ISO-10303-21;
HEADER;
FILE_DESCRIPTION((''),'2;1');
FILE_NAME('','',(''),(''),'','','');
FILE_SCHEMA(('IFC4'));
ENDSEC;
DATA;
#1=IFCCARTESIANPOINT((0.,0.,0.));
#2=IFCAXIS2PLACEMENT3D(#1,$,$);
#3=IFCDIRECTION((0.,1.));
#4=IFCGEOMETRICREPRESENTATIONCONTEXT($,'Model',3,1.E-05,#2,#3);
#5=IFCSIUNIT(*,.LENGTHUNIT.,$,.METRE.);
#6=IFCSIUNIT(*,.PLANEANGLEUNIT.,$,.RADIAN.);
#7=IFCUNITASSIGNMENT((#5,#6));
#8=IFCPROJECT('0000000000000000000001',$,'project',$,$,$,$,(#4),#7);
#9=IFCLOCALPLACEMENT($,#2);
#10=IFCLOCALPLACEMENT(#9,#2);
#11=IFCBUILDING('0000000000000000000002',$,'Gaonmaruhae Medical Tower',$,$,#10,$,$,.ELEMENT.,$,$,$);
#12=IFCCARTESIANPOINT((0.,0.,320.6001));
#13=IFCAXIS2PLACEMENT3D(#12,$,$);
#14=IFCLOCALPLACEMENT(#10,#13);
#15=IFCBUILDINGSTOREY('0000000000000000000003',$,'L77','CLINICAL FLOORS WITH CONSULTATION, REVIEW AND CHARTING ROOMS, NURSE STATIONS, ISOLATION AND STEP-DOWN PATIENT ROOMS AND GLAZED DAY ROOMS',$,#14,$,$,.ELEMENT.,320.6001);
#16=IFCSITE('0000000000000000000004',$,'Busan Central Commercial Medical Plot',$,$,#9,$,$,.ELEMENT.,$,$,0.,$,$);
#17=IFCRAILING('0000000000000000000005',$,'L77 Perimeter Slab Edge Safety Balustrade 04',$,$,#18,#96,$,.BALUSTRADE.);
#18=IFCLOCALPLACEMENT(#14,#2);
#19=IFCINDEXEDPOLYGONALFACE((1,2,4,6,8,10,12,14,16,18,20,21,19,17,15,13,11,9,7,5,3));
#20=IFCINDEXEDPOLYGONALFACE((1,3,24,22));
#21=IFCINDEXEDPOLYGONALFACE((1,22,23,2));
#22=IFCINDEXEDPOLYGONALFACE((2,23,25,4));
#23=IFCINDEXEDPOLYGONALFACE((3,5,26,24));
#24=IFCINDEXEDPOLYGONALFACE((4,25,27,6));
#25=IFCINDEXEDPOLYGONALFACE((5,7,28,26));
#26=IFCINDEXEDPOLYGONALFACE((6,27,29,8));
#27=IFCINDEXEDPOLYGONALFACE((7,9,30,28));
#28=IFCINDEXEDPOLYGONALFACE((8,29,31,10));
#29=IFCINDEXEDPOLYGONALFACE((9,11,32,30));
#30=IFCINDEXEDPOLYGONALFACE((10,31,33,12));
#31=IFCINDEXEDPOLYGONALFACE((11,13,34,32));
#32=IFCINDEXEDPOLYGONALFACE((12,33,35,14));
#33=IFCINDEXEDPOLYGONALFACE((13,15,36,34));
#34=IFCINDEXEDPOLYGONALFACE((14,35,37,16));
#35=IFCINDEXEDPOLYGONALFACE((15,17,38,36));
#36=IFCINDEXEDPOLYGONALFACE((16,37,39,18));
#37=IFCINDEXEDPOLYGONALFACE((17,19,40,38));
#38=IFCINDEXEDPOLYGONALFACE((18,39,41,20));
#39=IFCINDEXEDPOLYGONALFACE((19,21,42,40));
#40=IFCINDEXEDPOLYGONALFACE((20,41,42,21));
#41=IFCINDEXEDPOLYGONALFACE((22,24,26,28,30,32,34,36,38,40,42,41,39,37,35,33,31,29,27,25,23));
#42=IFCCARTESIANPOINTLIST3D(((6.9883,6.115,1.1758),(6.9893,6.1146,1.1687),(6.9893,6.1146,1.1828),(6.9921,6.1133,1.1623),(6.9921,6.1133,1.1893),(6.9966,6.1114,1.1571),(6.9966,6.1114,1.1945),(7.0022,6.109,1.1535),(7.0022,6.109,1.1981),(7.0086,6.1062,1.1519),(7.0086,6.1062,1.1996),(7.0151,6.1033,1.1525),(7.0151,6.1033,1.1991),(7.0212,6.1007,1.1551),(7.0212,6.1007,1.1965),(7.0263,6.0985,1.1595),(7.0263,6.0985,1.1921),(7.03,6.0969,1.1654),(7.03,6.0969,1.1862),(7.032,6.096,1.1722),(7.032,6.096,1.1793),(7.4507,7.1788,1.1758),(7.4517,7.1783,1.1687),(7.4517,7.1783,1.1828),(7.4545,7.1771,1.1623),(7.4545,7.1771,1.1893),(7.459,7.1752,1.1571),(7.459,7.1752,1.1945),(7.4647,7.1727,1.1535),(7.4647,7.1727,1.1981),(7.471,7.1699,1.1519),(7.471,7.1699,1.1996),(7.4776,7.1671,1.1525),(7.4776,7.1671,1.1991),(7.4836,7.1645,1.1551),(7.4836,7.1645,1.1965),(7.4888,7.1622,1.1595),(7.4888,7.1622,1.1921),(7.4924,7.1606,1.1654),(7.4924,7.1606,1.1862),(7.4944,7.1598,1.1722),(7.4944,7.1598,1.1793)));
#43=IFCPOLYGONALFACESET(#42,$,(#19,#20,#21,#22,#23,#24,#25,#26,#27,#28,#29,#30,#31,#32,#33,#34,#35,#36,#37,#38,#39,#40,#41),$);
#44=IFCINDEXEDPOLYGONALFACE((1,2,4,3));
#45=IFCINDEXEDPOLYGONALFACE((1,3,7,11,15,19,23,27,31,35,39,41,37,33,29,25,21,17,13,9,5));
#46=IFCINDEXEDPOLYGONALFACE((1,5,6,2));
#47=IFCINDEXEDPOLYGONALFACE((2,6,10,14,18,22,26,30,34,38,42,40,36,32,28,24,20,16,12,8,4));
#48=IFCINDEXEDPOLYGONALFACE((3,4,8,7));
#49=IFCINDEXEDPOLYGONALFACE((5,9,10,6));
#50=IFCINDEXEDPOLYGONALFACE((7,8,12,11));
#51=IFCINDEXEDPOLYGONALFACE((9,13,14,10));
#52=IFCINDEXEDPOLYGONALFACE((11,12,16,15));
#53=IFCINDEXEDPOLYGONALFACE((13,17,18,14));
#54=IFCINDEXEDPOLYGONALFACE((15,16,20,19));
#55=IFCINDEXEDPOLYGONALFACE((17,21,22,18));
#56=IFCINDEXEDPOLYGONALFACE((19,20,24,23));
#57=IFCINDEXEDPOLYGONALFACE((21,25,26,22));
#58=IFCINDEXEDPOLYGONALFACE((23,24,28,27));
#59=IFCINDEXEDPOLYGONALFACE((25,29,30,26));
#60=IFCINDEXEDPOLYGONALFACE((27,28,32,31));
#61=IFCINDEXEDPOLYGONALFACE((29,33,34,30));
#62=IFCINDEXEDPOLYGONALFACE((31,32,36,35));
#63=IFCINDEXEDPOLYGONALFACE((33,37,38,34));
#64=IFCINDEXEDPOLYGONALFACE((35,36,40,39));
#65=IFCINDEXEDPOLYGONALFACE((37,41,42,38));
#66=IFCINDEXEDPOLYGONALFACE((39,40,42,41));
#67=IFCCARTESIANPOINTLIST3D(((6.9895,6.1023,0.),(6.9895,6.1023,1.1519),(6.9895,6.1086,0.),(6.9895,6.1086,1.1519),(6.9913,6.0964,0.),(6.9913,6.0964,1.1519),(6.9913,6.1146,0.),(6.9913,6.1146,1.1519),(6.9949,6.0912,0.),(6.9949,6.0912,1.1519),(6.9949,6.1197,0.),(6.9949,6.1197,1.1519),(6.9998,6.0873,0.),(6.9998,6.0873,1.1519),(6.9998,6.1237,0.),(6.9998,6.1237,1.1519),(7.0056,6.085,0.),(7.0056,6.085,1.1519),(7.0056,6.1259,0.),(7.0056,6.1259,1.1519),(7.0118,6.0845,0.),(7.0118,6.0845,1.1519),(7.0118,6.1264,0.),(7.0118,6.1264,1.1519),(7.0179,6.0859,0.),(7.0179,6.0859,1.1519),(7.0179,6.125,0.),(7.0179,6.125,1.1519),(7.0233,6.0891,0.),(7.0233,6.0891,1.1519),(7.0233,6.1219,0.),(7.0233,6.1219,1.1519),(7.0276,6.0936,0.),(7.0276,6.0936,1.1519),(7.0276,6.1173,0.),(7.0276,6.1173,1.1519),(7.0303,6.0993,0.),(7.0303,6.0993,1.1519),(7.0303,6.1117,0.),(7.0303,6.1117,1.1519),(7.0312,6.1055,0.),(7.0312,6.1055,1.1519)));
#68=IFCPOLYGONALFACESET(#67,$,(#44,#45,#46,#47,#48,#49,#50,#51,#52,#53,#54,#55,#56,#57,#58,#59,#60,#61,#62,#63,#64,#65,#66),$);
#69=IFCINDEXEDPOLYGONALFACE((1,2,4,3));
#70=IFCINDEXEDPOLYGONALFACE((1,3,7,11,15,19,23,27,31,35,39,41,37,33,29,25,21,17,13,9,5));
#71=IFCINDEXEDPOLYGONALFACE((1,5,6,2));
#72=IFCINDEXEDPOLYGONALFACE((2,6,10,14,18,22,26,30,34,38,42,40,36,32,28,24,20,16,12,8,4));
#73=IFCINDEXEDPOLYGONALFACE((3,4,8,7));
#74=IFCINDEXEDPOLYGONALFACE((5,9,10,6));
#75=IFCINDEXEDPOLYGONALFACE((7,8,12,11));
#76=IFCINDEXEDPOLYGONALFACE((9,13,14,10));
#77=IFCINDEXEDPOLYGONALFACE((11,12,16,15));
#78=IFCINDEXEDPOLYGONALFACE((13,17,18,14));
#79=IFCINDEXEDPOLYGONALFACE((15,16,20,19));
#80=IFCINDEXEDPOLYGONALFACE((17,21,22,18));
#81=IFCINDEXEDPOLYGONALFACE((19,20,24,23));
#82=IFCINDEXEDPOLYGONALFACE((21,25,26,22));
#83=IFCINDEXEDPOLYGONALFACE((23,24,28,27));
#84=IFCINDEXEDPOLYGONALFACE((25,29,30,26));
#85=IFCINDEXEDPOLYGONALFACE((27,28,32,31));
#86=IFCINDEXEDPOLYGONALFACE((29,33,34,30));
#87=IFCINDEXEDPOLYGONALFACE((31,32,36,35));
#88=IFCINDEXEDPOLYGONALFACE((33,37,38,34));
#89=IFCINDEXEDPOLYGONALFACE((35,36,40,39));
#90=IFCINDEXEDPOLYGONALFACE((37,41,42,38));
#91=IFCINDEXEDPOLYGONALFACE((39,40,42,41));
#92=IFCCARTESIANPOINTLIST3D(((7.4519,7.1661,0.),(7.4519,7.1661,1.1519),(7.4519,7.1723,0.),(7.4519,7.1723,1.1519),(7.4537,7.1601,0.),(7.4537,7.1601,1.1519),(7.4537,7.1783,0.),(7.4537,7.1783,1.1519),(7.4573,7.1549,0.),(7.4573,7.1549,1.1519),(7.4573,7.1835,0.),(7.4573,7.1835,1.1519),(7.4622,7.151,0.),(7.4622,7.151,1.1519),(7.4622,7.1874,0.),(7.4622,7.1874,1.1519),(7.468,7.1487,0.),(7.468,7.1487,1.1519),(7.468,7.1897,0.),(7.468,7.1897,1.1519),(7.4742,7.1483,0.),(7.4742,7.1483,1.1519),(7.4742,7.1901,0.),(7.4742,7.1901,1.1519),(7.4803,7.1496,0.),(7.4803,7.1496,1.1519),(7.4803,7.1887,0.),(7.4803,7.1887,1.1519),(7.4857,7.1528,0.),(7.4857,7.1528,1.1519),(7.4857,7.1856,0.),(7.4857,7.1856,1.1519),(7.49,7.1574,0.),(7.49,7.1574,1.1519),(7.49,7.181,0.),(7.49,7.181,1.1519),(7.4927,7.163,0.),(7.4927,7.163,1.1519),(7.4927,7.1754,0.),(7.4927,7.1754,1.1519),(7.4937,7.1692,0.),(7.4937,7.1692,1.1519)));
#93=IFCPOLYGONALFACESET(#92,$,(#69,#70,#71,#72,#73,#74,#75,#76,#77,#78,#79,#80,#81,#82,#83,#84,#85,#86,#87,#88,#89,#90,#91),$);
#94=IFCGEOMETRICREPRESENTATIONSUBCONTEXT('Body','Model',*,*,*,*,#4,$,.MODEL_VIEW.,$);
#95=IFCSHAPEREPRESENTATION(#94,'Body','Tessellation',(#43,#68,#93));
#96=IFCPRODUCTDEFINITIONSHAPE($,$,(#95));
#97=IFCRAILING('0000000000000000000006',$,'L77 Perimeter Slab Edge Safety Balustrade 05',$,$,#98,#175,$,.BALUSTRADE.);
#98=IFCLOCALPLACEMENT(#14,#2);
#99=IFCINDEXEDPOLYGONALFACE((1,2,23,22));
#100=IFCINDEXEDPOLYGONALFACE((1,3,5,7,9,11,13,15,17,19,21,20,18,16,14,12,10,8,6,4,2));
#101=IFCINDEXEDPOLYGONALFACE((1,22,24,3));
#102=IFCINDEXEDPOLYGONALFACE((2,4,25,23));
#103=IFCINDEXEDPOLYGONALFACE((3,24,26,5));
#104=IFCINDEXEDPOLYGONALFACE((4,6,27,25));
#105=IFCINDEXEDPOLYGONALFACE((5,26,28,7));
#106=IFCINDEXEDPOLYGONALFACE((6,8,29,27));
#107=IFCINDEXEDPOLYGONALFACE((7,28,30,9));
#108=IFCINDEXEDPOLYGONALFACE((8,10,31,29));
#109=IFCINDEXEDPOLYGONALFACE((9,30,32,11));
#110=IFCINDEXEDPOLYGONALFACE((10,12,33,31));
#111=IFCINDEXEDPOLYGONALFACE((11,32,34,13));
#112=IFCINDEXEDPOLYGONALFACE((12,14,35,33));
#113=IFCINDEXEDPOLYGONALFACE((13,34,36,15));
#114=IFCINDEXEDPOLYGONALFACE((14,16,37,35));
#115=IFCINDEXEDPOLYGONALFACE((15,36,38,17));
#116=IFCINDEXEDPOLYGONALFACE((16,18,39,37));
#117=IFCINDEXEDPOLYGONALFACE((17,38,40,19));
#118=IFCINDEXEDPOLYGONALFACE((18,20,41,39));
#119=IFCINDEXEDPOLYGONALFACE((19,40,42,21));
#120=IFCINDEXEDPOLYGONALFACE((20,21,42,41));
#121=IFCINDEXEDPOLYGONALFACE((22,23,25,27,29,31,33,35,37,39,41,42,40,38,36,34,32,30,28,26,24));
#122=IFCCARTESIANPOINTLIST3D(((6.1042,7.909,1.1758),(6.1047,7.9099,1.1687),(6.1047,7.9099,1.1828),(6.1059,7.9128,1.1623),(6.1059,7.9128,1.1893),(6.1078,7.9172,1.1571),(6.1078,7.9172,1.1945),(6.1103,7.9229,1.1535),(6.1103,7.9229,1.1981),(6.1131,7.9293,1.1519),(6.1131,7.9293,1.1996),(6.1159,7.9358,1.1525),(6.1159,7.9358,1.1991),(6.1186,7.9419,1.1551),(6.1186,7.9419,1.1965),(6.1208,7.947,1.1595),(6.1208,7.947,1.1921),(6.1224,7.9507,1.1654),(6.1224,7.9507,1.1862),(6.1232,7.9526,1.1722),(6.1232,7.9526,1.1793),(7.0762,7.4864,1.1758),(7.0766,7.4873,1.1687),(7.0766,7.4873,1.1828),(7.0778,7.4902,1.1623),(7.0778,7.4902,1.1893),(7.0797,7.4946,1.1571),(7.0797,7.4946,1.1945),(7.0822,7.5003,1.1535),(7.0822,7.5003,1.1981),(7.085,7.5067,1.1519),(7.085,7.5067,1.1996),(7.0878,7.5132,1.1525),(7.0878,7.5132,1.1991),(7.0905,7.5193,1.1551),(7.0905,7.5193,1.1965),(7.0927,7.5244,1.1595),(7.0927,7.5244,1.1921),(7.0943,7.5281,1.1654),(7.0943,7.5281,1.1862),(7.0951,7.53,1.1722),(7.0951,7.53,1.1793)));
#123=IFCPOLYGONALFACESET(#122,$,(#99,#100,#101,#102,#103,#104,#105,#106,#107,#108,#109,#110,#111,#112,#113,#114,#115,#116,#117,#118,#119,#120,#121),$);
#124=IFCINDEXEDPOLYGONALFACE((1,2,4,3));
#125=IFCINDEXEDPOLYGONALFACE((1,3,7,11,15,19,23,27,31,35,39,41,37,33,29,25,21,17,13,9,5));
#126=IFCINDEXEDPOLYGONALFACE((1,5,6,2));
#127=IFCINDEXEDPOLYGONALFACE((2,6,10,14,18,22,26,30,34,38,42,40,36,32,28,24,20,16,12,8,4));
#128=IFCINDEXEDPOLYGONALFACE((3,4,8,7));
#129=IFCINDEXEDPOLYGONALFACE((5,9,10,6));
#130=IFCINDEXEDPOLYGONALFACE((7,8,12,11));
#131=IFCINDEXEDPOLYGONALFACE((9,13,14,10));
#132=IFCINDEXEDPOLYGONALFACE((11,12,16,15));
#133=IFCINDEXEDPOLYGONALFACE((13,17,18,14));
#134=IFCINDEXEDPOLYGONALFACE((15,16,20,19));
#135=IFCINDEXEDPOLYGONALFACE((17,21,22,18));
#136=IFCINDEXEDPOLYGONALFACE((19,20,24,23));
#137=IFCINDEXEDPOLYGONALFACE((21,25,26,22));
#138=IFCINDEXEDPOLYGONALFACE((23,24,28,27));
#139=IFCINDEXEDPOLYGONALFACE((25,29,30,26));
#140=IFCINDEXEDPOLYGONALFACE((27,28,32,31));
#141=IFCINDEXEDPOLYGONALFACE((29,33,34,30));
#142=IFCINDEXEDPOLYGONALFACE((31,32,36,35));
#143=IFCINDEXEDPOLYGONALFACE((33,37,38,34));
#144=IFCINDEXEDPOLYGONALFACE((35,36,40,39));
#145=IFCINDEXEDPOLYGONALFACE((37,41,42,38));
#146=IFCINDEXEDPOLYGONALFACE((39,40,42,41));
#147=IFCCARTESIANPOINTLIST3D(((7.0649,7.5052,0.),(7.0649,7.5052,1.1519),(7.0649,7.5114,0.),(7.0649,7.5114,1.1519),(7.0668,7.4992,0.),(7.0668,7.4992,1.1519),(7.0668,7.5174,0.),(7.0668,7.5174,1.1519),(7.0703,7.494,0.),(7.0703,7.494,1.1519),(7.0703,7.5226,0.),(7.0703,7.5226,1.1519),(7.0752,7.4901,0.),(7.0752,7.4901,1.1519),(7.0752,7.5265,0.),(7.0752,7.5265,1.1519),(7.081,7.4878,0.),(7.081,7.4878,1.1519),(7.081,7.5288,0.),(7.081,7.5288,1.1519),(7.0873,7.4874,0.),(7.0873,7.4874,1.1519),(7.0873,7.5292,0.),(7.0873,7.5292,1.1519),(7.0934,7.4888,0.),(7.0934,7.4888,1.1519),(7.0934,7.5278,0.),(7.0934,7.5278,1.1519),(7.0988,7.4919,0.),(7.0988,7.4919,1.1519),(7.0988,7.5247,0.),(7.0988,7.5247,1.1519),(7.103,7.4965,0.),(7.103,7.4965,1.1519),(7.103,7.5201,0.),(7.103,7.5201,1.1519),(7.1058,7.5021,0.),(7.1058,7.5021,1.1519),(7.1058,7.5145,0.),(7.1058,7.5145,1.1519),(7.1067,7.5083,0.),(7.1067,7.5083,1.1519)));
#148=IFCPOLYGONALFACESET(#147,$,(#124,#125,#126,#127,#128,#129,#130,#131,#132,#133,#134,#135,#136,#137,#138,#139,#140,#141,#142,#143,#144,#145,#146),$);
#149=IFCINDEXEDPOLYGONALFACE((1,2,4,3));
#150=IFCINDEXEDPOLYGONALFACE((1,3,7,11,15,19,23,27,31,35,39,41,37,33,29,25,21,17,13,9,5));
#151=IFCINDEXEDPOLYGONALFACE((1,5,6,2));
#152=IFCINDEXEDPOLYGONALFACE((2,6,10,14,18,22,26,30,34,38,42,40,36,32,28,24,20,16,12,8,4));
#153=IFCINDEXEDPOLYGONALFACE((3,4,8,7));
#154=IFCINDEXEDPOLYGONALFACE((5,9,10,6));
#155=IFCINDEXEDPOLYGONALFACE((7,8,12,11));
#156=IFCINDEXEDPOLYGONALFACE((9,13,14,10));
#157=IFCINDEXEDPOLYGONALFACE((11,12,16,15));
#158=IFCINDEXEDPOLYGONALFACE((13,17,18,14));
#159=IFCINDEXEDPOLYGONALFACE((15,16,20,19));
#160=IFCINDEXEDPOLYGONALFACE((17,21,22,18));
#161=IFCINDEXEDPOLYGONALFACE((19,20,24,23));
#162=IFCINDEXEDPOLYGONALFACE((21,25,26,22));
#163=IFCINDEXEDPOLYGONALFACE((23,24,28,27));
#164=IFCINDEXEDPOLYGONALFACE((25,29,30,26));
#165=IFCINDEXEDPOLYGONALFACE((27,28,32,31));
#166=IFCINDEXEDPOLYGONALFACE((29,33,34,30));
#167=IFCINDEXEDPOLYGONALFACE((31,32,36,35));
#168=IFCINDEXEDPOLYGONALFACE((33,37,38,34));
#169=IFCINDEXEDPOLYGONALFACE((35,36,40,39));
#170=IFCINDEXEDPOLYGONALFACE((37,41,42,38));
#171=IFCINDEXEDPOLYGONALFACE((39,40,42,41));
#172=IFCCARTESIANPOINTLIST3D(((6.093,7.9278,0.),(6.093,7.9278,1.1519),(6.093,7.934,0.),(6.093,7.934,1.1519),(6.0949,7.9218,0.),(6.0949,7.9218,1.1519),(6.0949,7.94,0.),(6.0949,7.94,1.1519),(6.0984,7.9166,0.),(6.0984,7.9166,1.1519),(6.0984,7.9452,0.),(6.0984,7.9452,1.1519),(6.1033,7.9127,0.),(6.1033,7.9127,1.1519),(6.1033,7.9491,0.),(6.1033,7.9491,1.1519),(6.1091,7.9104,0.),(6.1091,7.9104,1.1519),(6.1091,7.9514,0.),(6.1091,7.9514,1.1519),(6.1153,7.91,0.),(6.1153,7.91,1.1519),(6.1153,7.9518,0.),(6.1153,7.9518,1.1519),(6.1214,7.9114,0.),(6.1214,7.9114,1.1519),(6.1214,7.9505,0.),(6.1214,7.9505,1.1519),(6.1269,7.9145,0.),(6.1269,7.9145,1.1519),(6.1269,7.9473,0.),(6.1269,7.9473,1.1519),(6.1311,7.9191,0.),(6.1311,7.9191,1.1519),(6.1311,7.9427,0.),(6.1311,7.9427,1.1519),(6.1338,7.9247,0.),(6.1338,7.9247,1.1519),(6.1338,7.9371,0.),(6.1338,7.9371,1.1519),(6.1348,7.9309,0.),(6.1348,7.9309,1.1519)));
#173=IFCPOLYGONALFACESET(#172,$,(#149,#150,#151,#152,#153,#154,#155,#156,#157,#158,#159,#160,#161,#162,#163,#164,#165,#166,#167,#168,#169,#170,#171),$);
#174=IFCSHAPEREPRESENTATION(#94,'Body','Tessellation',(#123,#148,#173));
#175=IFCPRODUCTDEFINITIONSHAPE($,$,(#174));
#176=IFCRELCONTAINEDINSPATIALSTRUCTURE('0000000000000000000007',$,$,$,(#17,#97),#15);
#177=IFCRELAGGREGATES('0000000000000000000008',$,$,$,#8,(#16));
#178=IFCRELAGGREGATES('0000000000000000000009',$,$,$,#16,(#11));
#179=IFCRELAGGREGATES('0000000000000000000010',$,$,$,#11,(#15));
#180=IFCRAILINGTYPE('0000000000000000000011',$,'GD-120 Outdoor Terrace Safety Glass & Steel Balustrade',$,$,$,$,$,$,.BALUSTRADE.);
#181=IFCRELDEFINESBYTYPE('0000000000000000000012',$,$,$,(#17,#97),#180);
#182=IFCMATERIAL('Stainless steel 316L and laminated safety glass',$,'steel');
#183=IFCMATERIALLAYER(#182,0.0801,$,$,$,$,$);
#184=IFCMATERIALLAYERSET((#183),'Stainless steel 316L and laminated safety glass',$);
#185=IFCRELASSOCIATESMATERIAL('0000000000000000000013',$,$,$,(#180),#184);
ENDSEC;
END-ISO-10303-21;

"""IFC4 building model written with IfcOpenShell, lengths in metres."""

from ifc_helpers import new_model, si_unit, direction, frame, origin, origin_2d, place, context, subcontext, project, spatial, circle, extrude, material, layer, layer_set, type_object, element, save


model = new_model("IFC4")

# Units and contexts
model_context = context("Model", 3, precision=1e-05, world=origin(), true_north=direction((0.0, 1.0)))
body_context = subcontext(model_context, "Body", "Model", "MODEL_VIEW")
ifc_project = project(units=[si_unit("LENGTHUNIT", "METRE"), si_unit("PLANEANGLEUNIT", "RADIAN")], contexts=[model_context])

# Site, building, storey
site_placement = place(None, origin())
site = spatial("IfcSite", under=ifc_project, at=site_placement, Name="Busan Central Commercial Medical Plot", CompositionType="ELEMENT", RefElevation=0.0)
building_placement = place(site_placement, origin())
building = spatial("IfcBuilding", under=site, at=building_placement, Name="Gaonmaruhae Medical Tower", CompositionType="ELEMENT")
storey_placement = place(building_placement, frame((0.0, 0.0, 320.6001)))
storey = spatial("IfcBuildingStorey", under=building, at=storey_placement, Name="L77", Description="CLINICAL FLOORS WITH CONSULTATION, REVIEW AND CHARTING ROOMS, NURSE STATIONS, ISOLATION AND STEP-DOWN PATIENT ROOMS AND GLAZED DAY ROOMS", CompositionType="ELEMENT", Elevation=320.6001)

# Railings
ifc_material_1 = material(Name="Stainless steel 316L and laminated safety glass", Category="steel")
ifc_layer_1 = layer(ifc_material_1, 0.0801)
ifc_layer_set_1 = layer_set([ifc_layer_1], Name="Stainless steel 316L and laminated safety glass")
railing_type = type_object("IfcRailingType", Name="GD-120 Outdoor Terrace Safety Glass & Steel Balustrade", PredefinedType="BALUSTRADE", material=ifc_layer_set_1)
railing_1_placement = place(storey_placement, frame((7.0103, 6.1055, 0.0)))
element("IfcRailing", 1, at=railing_1_placement, inside=storey, type_object=railing_type, Name="L77 Perimeter Slab Edge Safety Balustrade 04", PredefinedType="BALUSTRADE", context=body_context, shape_type="SweptSolid", body=[
    extrude(circle(Radius=0.0239, at=origin_2d()), frame((0.0, 0.0, 1.1758), z_axis=(0.398665, 0.917097, 0.0), x_axis=(-0.917097, 0.398665, 0.0)), (0.0, 0.0, 1.0), 1.1599),
    extrude(circle(Radius=0.021, at=origin_2d()), origin(), (0.0, 0.0, 1.0), 1.1519),
    extrude(circle(Radius=0.021, at=origin_2d()), frame((0.4624, 1.0637, 0.0)), (0.0, 0.0, 1.0), 1.1519),
])
railing_2_placement = place(storey_placement, frame((7.0857, 7.5083, 0.0)))
element("IfcRailing", 2, at=railing_2_placement, inside=storey, type_object=railing_type, Name="L77 Perimeter Slab Edge Safety Balustrade 05", PredefinedType="BALUSTRADE", context=body_context, shape_type="SweptSolid", body=[
    extrude(circle(Radius=0.0239, at=origin_2d()), frame((0.0, 0.0, 1.1758), z_axis=(-0.917059, 0.398751, 0.0), x_axis=(-0.398751, -0.917059, 0.0)), (0.0, 0.0, 1.0), 1.0598),
    extrude(circle(Radius=0.021, at=origin_2d()), origin(), (0.0, 0.0, 1.0), 1.1519),
    extrude(circle(Radius=0.021, at=origin_2d()), frame((-0.9719, 0.4226, 0.0)), (0.0, 0.0, 1.0), 1.1519),
])

save(model, "model.ifc")
